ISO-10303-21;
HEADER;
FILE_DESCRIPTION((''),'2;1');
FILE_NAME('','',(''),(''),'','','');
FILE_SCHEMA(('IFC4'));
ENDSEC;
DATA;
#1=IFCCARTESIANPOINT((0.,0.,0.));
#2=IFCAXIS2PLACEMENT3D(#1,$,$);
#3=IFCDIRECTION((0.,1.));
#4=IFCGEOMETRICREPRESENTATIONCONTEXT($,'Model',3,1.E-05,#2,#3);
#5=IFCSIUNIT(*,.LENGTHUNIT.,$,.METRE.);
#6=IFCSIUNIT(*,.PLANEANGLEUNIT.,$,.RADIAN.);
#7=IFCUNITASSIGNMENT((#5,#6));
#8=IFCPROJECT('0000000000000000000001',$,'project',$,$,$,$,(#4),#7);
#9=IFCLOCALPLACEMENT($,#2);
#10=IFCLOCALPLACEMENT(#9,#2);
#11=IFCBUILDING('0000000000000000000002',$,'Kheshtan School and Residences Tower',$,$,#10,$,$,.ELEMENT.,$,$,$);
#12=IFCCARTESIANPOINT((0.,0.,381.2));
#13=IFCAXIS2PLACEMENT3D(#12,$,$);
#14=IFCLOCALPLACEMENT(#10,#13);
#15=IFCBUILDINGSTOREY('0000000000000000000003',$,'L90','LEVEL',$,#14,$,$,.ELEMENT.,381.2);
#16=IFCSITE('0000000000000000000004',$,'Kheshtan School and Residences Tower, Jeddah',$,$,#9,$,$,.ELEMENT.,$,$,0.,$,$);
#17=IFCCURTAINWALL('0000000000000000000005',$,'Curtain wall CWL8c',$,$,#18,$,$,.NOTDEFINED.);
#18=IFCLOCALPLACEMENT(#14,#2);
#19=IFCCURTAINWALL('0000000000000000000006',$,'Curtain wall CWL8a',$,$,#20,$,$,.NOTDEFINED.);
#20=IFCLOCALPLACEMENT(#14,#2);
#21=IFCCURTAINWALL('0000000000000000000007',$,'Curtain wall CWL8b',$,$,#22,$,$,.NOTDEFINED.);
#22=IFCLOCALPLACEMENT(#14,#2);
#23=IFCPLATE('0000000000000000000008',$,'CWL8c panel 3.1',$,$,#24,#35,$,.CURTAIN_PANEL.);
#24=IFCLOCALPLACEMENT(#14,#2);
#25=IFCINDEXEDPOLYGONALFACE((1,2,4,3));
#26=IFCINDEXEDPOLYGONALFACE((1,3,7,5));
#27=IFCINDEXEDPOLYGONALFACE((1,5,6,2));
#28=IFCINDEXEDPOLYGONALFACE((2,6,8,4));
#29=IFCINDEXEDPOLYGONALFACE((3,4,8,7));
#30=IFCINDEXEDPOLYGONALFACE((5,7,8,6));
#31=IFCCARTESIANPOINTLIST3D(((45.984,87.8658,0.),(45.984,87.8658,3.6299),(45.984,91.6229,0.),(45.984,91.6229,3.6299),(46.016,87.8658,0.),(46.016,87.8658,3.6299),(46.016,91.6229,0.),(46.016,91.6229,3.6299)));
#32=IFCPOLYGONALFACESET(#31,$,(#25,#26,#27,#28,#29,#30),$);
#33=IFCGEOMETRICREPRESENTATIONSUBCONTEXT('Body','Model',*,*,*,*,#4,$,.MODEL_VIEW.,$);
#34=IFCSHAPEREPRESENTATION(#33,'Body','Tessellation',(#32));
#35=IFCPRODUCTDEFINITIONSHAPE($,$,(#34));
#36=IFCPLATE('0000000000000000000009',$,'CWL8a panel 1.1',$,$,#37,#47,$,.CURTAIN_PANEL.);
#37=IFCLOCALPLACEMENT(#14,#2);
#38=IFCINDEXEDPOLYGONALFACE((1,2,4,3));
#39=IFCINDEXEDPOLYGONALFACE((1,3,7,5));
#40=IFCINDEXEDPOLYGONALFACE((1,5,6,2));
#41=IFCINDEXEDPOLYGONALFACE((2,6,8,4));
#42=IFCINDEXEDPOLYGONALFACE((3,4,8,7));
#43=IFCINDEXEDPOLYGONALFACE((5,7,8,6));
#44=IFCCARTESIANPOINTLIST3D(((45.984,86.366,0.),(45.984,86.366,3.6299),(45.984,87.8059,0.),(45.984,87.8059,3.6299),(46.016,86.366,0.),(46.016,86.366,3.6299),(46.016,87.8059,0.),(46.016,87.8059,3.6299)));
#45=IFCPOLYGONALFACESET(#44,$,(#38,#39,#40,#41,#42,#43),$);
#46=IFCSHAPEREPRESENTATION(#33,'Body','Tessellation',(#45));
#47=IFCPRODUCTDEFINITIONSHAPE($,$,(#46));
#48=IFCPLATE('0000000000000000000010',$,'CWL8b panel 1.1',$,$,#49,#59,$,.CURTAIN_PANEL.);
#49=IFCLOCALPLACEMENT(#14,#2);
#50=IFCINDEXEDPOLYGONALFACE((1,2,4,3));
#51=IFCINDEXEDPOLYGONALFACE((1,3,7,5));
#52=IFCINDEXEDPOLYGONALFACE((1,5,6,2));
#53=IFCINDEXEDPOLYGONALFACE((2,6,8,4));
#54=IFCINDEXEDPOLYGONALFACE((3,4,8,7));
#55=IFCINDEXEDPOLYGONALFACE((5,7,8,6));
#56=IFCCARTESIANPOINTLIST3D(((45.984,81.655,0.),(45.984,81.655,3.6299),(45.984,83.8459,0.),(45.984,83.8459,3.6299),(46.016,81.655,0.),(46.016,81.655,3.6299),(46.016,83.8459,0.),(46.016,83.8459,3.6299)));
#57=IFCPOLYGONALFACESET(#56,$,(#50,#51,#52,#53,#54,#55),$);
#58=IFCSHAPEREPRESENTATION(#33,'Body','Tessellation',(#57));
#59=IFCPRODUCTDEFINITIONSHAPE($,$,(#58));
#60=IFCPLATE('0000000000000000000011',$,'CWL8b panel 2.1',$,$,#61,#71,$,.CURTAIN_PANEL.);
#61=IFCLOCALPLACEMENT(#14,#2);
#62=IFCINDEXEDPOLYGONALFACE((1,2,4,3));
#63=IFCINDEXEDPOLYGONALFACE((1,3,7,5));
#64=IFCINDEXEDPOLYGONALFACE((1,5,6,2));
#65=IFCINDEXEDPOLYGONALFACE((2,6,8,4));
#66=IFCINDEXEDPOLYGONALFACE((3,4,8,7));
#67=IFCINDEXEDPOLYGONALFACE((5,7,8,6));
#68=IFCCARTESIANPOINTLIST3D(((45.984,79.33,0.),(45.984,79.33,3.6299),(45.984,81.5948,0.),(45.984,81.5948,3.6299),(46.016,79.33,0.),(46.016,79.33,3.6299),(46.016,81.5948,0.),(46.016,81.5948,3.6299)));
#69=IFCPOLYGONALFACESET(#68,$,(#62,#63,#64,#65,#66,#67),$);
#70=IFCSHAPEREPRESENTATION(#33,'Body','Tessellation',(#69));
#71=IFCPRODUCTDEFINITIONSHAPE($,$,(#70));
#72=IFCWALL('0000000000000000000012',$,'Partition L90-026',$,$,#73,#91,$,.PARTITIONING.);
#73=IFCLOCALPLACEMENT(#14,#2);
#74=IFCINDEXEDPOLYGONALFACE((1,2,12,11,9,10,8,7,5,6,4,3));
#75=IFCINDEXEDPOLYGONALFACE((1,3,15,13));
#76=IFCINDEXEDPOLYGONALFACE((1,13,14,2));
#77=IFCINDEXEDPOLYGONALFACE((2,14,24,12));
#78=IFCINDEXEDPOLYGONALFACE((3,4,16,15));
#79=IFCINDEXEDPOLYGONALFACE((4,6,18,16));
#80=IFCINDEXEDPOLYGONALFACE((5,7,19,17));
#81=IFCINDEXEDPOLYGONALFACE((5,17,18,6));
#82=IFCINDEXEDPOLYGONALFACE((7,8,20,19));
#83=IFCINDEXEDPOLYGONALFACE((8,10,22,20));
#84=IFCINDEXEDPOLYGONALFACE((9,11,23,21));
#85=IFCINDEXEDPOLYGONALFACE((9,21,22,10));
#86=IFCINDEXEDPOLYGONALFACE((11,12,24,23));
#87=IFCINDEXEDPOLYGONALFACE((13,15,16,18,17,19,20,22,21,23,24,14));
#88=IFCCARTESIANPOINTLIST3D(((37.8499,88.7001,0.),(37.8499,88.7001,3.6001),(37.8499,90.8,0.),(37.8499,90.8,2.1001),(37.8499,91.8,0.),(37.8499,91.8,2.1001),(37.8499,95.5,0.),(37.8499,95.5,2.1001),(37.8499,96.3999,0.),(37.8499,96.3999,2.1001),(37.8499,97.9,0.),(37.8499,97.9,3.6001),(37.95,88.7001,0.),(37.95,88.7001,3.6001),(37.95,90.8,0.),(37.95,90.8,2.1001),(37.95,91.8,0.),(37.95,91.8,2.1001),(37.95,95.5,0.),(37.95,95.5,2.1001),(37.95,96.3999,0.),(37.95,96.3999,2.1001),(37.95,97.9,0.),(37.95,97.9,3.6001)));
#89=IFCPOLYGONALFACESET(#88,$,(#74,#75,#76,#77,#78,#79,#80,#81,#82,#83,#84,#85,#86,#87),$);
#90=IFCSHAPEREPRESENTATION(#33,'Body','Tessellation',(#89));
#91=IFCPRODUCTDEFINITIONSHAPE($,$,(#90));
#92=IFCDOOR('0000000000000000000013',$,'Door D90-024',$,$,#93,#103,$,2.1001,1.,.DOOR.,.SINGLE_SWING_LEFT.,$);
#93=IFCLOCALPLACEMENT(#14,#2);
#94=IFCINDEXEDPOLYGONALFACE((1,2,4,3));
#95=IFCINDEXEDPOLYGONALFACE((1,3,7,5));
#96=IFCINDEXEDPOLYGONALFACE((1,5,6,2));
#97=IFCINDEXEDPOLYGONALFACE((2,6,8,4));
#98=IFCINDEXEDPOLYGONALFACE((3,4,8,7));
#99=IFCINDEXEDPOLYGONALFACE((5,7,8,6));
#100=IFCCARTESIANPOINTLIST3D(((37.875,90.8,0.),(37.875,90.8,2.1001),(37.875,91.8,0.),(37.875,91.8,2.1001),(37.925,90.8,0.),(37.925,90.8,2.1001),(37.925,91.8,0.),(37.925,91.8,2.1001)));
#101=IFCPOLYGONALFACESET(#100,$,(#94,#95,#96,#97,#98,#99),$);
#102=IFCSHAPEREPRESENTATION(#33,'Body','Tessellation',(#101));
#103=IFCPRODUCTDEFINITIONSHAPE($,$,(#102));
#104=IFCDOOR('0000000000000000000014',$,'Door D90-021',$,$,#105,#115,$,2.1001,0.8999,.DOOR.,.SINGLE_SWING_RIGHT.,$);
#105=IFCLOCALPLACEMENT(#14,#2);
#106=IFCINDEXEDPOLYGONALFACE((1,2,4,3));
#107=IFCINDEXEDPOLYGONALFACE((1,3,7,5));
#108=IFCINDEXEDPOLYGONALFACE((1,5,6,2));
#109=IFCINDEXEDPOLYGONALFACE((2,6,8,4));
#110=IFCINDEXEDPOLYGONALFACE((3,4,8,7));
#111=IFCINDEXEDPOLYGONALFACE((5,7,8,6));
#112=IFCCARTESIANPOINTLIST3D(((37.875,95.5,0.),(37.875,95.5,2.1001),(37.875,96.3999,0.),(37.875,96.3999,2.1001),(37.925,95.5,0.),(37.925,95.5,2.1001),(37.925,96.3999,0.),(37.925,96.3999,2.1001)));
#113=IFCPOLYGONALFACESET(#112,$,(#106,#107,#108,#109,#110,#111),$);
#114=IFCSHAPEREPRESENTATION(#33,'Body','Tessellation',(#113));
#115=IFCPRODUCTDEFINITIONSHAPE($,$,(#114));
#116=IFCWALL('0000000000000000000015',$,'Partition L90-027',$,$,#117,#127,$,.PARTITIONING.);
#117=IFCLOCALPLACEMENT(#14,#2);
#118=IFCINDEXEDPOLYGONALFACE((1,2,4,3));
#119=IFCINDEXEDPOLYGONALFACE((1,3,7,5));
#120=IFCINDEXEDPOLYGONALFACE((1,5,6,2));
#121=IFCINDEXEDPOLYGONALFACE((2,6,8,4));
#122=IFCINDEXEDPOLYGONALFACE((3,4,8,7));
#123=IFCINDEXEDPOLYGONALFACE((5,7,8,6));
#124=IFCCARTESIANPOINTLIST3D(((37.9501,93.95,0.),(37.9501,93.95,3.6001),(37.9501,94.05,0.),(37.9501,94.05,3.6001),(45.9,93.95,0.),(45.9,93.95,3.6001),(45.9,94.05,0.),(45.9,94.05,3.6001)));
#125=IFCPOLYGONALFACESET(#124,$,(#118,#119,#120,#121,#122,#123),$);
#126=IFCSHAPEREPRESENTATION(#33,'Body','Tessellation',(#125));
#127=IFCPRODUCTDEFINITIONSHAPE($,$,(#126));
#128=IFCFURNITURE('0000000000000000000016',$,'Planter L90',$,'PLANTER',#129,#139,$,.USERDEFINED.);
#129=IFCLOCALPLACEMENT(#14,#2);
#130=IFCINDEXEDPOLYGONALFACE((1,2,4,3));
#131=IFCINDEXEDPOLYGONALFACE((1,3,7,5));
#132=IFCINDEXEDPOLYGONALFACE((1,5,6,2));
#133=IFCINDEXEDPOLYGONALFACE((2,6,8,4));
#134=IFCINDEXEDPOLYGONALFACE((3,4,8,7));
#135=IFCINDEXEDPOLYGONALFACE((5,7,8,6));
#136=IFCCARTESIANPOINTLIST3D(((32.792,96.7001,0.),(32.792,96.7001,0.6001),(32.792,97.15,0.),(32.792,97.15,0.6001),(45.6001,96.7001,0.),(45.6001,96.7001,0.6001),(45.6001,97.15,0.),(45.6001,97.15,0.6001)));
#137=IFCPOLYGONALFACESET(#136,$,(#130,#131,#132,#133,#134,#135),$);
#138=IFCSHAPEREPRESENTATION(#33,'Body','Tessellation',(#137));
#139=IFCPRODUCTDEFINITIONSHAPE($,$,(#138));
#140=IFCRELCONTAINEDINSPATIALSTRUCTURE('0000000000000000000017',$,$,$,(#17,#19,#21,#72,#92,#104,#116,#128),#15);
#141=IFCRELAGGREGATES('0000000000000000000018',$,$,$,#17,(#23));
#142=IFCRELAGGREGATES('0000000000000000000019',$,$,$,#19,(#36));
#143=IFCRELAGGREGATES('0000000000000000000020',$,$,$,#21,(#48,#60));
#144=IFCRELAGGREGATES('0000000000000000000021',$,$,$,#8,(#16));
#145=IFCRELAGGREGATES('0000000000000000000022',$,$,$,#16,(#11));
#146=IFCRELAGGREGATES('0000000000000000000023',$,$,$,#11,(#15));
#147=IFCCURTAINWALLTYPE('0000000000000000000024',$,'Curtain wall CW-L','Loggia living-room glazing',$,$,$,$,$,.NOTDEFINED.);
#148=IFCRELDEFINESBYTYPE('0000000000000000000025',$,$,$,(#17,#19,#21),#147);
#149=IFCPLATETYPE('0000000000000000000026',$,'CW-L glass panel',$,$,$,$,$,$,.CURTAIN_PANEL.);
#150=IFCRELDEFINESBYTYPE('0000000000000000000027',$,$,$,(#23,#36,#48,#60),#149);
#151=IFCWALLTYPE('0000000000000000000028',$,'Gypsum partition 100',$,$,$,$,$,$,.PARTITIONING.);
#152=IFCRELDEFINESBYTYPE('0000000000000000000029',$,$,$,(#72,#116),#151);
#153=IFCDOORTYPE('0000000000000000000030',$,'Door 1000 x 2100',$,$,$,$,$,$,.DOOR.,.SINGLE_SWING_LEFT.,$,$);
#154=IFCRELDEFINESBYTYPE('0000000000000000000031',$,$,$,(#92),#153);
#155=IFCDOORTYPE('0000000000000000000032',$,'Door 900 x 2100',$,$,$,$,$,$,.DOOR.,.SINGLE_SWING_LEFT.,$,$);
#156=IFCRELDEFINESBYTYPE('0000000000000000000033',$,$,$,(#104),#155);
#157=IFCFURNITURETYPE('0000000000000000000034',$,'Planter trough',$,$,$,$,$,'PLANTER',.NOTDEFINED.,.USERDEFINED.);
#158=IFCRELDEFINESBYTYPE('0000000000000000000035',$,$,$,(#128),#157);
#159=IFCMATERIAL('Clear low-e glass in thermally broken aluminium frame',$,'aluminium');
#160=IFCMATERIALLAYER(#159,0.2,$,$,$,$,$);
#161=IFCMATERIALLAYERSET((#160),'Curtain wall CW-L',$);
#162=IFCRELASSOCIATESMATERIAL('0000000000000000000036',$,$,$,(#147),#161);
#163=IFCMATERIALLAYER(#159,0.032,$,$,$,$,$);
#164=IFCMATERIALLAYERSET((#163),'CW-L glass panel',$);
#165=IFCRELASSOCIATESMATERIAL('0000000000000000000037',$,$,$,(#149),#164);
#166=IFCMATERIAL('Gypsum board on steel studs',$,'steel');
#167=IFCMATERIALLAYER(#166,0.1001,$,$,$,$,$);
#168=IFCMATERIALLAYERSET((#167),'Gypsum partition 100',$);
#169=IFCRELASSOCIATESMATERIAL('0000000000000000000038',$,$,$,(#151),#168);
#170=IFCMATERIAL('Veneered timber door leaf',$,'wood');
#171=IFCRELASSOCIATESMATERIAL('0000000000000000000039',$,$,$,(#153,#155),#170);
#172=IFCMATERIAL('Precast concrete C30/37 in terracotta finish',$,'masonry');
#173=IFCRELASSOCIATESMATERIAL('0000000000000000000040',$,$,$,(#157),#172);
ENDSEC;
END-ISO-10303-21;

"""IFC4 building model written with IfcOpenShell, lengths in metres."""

from ifc_helpers import new_model, si_unit, direction, frame, frame_2d, origin, origin_2d, place, context, subcontext, project, spatial, rectangle, extrude, source, transform, mapped, material, layer, layer_set, type_object, element, fill, aggregate, save


model = new_model("IFC4")

# Units and contexts
model_context = context("Model", 3, precision=1e-05, world=origin(), true_north=direction((0.0, 1.0)))
body_context = subcontext(model_context, "Body", "Model", "MODEL_VIEW")
ifc_project = project(units=[si_unit("LENGTHUNIT", "METRE"), si_unit("PLANEANGLEUNIT", "RADIAN")], contexts=[model_context])

# Site, building, storey
site_placement = place(None, origin())
site = spatial("IfcSite", under=ifc_project, at=site_placement, Name="Kheshtan School and Residences Tower, Jeddah", CompositionType="ELEMENT", RefElevation=0.0)
building_placement = place(site_placement, origin())
building = spatial("IfcBuilding", under=site, at=building_placement, Name="Kheshtan School and Residences Tower", CompositionType="ELEMENT")
storey_placement = place(building_placement, frame((0.0, 0.0, 381.2)))
storey = spatial("IfcBuildingStorey", under=building, at=storey_placement, Name="L90", Description="LEVEL", CompositionType="ELEMENT", Elevation=381.2)

# Curtain wall
ifc_material_1 = material(Name="Clear low-e glass in thermally broken aluminium frame", Category="aluminium")
ifc_layer_1 = layer(ifc_material_1, 0.2)
ifc_layer_set_1 = layer_set([ifc_layer_1], Name="Curtain wall CW-L")
curtain_wall_type = type_object("IfcCurtainWallType", Name="Curtain wall CW-L", Description="Loggia living-room glazing", PredefinedType="NOTDEFINED", material=ifc_layer_set_1)
curtain_wall_1_placement = place(storey_placement, origin())
curtain_wall_1 = element("IfcCurtainWall", 1, at=curtain_wall_1_placement, inside=storey, type_object=curtain_wall_type, Name="Curtain wall CWL8c", PredefinedType="NOTDEFINED")

# Curtain wall
curtain_wall_2_placement = place(storey_placement, origin())
curtain_wall_2 = element("IfcCurtainWall", 2, at=curtain_wall_2_placement, inside=storey, type_object=curtain_wall_type, Name="Curtain wall CWL8a", PredefinedType="NOTDEFINED")

# Curtain wall
curtain_wall_3_placement = place(storey_placement, origin())
curtain_wall_3 = element("IfcCurtainWall", 3, at=curtain_wall_3_placement, inside=storey, type_object=curtain_wall_type, Name="Curtain wall CWL8b", PredefinedType="NOTDEFINED")

# Plates
ifc_layer_2 = layer(ifc_material_1, 0.032)
ifc_layer_set_2 = layer_set([ifc_layer_2], Name="CW-L glass panel")
plate_type = type_object("IfcPlateType", Name="CW-L glass panel", PredefinedType="CURTAIN_PANEL", material=ifc_layer_set_2)
plate_1_placement = place(storey_placement, frame((46.0, 89.7444, 0.0), z_axis=(0.0, 0.0, 1.0), x_axis=(0.0, -1.0, 0.0)))
plate_1 = element("IfcPlate", 4, at=plate_1_placement, type_object=plate_type, Name="CWL8c panel 3.1", PredefinedType="CURTAIN_PANEL", context=body_context, shape_type="SweptSolid", body=[
    extrude(rectangle(XDim=3.7571, YDim=0.032, at=origin_2d()), origin(), (0.0, 0.0, 1.0), 3.6299),
])
aggregate(curtain_wall_1, [plate_1])
plate_2_placement = place(storey_placement, frame((46.0, 87.0859, 0.0), z_axis=(0.0, 0.0, 1.0), x_axis=(0.0, -1.0, 0.0)))
plate_2 = element("IfcPlate", 5, at=plate_2_placement, type_object=plate_type, Name="CWL8a panel 1.1", PredefinedType="CURTAIN_PANEL", context=body_context, shape_type="SweptSolid", body=[
    extrude(rectangle(XDim=1.4399, YDim=0.032, at=origin_2d()), origin(), (0.0, 0.0, 1.0), 3.6299),
])
aggregate(curtain_wall_2, [plate_2])
plate_3_placement = place(storey_placement, frame((46.0, 82.7505, 0.0), z_axis=(0.0, 0.0, 1.0), x_axis=(0.0, -1.0, 0.0)))
plate_3 = element("IfcPlate", 6, at=plate_3_placement, type_object=plate_type, Name="CWL8b panel 1.1", PredefinedType="CURTAIN_PANEL", context=body_context, shape_type="SweptSolid", body=[
    extrude(rectangle(XDim=2.1909, YDim=0.032, at=origin_2d()), origin(), (0.0, 0.0, 1.0), 3.6299),
])
plate_4_placement = place(storey_placement, frame((46.0, 80.4624, 0.0), z_axis=(0.0, 0.0, 1.0), x_axis=(0.0, -1.0, 0.0)))
plate_4 = element("IfcPlate", 7, at=plate_4_placement, type_object=plate_type, Name="CWL8b panel 2.1", PredefinedType="CURTAIN_PANEL", context=body_context, shape_type="SweptSolid", body=[
    extrude(rectangle(XDim=2.2649, YDim=0.032, at=origin_2d()), origin(), (0.0, 0.0, 1.0), 3.6299),
])
aggregate(curtain_wall_3, [plate_3, plate_4])

# Wall, openings, doors
ifc_material_2 = material(Name="Gypsum board on steel studs", Category="steel")
ifc_layer_3 = layer(ifc_material_2, 0.1001)
ifc_layer_set_3 = layer_set([ifc_layer_3], Name="Gypsum partition 100")
wall_type_1 = type_object("IfcWallType", Name="Gypsum partition 100", PredefinedType="PARTITIONING", material=ifc_layer_set_3)
wall_1_placement = place(storey_placement, frame((37.8999, 88.7, 0.0), z_axis=(0.0, 0.0, 1.0), x_axis=(0.0, 1.0, 0.0)))
wall_1 = element("IfcWall", 8, at=wall_1_placement, inside=storey, type_object=wall_type_1, Name="Partition L90-026", PredefinedType="PARTITIONING", context=body_context, shape_type="SweptSolid", body=[
    extrude(rectangle(XDim=9.2, YDim=0.1001, at=frame_2d((4.6001, 0.0))), origin(), (0.0, 0.0, 1.0), 3.6001),
])
opening_1_placement = place(wall_1_placement, frame((6.8, 0.0, 0.0)))
opening_1 = element("IfcOpeningElement", 9, at=opening_1_placement, cuts=wall_1, PredefinedType="OPENING", context=body_context, shape_type="SweptSolid", body=[
    extrude(rectangle(XDim=0.8999, YDim=2.1001, at=frame_2d((0.45, 1.05))), frame((0.0, 0.0601, 0.0), z_axis=(0.0, -1.0, 0.0), x_axis=(1.0, 0.0, 0.0)), (0.0, 0.0, 1.0), 0.1201),
])
opening_2_placement = place(wall_1_placement, frame((2.1001, 0.0, 0.0)))
opening_2 = element("IfcOpeningElement", 10, at=opening_2_placement, cuts=wall_1, PredefinedType="OPENING", context=body_context, shape_type="SweptSolid", body=[
    extrude(rectangle(XDim=1.0, YDim=2.1001, at=frame_2d((0.5, 1.05))), frame((0.0, 0.0601, 0.0), z_axis=(0.0, -1.0, 0.0), x_axis=(1.0, 0.0, 0.0)), (0.0, 0.0, 1.0), 0.1201),
])
ifc_material_3 = material(Name="Veneered timber door leaf", Category="wood")
door_type_1 = type_object("IfcDoorType", Name="Door 1000 x 2100", OperationType="SINGLE_SWING_LEFT", PredefinedType="DOOR", material=ifc_material_3)
shared_shape_1 = source(origin(), body_context, "Body", "SweptSolid", [
    extrude(rectangle(XDim=1.0, YDim=2.1001, at=frame_2d((0.5, 1.05))), frame((0.0, 0.0249, 0.0), z_axis=(0.0, -1.0, 0.0), x_axis=(1.0, 0.0, 0.0)), (0.0, 0.0, 1.0), 0.05),
])
door_1_placement = place(opening_2_placement, origin())
door_1 = element("IfcDoor", 11, at=door_1_placement, inside=storey, type_object=door_type_1, Name="Door D90-024", OperationType="SINGLE_SWING_LEFT", OverallHeight=2.1001, OverallWidth=1.0, PredefinedType="DOOR", context=body_context, shape_type="MappedRepresentation", body=[
    mapped(shared_shape_1, transform((0.0, 0.0, 0.0), x_axis=(1.0, 0.0, 0.0), y_axis=(0.0, 1.0, 0.0), z_axis=(0.0, 0.0, 1.0), scale=1.0)),
])
fill(opening_2, door_1)
door_type_2 = type_object("IfcDoorType", Name="Door 900 x 2100", OperationType="SINGLE_SWING_LEFT", PredefinedType="DOOR", material=ifc_material_3)
shared_shape_2 = source(origin(), body_context, "Body", "SweptSolid", [
    extrude(rectangle(XDim=0.8999, YDim=2.1001, at=frame_2d((0.45, 1.05))), frame((0.0, 0.0249, 0.0), z_axis=(0.0, -1.0, 0.0), x_axis=(1.0, 0.0, 0.0)), (0.0, 0.0, 1.0), 0.05),
])
door_2_placement = place(opening_1_placement, origin())
door_2 = element("IfcDoor", 12, at=door_2_placement, inside=storey, type_object=door_type_2, Name="Door D90-021", OperationType="SINGLE_SWING_RIGHT", OverallHeight=2.1001, OverallWidth=0.8999, PredefinedType="DOOR", context=body_context, shape_type="MappedRepresentation", body=[
    mapped(shared_shape_2, transform((0.0, 0.0, 0.0), x_axis=(1.0, 0.0, 0.0), y_axis=(0.0, 1.0, 0.0), z_axis=(0.0, 0.0, 1.0), scale=1.0)),
])
fill(opening_1, door_2)

# Wall
wall_2_placement = place(storey_placement, frame((37.95, 94.0, 0.0), z_axis=(0.0, 0.0, 1.0), x_axis=(1.0, 0.0, 0.0)))
element("IfcWall", 13, at=wall_2_placement, inside=storey, type_object=wall_type_1, Name="Partition L90-027", PredefinedType="PARTITIONING", context=body_context, shape_type="SweptSolid", body=[
    extrude(rectangle(XDim=7.95, YDim=0.1001, at=frame_2d((3.9751, 0.0))), origin(), (0.0, 0.0, 1.0), 3.6001),
])

# Furniture
ifc_material_4 = material(Name="Precast concrete C30/37 in terracotta finish", Category="masonry")
furniture_type = type_object("IfcFurnitureType", Name="Planter trough", ElementType="PLANTER", AssemblyPlace="NOTDEFINED", PredefinedType="USERDEFINED", material=ifc_material_4)
furniture_placement = place(storey_placement, frame((39.196, 96.925, 0.0), z_axis=(0.0, 0.0, 1.0), x_axis=(1.0, 0.0, 0.0)))
element("IfcFurniture", 14, at=furniture_placement, inside=storey, type_object=furniture_type, Name="Planter L90", ObjectType="PLANTER", PredefinedType="USERDEFINED", context=body_context, shape_type="SweptSolid", body=[
    extrude(rectangle(XDim=12.8081, YDim=0.45, at=origin_2d()), origin(), (0.0, 0.0, 1.0), 0.6001),
])

save(model, "model.ifc")
